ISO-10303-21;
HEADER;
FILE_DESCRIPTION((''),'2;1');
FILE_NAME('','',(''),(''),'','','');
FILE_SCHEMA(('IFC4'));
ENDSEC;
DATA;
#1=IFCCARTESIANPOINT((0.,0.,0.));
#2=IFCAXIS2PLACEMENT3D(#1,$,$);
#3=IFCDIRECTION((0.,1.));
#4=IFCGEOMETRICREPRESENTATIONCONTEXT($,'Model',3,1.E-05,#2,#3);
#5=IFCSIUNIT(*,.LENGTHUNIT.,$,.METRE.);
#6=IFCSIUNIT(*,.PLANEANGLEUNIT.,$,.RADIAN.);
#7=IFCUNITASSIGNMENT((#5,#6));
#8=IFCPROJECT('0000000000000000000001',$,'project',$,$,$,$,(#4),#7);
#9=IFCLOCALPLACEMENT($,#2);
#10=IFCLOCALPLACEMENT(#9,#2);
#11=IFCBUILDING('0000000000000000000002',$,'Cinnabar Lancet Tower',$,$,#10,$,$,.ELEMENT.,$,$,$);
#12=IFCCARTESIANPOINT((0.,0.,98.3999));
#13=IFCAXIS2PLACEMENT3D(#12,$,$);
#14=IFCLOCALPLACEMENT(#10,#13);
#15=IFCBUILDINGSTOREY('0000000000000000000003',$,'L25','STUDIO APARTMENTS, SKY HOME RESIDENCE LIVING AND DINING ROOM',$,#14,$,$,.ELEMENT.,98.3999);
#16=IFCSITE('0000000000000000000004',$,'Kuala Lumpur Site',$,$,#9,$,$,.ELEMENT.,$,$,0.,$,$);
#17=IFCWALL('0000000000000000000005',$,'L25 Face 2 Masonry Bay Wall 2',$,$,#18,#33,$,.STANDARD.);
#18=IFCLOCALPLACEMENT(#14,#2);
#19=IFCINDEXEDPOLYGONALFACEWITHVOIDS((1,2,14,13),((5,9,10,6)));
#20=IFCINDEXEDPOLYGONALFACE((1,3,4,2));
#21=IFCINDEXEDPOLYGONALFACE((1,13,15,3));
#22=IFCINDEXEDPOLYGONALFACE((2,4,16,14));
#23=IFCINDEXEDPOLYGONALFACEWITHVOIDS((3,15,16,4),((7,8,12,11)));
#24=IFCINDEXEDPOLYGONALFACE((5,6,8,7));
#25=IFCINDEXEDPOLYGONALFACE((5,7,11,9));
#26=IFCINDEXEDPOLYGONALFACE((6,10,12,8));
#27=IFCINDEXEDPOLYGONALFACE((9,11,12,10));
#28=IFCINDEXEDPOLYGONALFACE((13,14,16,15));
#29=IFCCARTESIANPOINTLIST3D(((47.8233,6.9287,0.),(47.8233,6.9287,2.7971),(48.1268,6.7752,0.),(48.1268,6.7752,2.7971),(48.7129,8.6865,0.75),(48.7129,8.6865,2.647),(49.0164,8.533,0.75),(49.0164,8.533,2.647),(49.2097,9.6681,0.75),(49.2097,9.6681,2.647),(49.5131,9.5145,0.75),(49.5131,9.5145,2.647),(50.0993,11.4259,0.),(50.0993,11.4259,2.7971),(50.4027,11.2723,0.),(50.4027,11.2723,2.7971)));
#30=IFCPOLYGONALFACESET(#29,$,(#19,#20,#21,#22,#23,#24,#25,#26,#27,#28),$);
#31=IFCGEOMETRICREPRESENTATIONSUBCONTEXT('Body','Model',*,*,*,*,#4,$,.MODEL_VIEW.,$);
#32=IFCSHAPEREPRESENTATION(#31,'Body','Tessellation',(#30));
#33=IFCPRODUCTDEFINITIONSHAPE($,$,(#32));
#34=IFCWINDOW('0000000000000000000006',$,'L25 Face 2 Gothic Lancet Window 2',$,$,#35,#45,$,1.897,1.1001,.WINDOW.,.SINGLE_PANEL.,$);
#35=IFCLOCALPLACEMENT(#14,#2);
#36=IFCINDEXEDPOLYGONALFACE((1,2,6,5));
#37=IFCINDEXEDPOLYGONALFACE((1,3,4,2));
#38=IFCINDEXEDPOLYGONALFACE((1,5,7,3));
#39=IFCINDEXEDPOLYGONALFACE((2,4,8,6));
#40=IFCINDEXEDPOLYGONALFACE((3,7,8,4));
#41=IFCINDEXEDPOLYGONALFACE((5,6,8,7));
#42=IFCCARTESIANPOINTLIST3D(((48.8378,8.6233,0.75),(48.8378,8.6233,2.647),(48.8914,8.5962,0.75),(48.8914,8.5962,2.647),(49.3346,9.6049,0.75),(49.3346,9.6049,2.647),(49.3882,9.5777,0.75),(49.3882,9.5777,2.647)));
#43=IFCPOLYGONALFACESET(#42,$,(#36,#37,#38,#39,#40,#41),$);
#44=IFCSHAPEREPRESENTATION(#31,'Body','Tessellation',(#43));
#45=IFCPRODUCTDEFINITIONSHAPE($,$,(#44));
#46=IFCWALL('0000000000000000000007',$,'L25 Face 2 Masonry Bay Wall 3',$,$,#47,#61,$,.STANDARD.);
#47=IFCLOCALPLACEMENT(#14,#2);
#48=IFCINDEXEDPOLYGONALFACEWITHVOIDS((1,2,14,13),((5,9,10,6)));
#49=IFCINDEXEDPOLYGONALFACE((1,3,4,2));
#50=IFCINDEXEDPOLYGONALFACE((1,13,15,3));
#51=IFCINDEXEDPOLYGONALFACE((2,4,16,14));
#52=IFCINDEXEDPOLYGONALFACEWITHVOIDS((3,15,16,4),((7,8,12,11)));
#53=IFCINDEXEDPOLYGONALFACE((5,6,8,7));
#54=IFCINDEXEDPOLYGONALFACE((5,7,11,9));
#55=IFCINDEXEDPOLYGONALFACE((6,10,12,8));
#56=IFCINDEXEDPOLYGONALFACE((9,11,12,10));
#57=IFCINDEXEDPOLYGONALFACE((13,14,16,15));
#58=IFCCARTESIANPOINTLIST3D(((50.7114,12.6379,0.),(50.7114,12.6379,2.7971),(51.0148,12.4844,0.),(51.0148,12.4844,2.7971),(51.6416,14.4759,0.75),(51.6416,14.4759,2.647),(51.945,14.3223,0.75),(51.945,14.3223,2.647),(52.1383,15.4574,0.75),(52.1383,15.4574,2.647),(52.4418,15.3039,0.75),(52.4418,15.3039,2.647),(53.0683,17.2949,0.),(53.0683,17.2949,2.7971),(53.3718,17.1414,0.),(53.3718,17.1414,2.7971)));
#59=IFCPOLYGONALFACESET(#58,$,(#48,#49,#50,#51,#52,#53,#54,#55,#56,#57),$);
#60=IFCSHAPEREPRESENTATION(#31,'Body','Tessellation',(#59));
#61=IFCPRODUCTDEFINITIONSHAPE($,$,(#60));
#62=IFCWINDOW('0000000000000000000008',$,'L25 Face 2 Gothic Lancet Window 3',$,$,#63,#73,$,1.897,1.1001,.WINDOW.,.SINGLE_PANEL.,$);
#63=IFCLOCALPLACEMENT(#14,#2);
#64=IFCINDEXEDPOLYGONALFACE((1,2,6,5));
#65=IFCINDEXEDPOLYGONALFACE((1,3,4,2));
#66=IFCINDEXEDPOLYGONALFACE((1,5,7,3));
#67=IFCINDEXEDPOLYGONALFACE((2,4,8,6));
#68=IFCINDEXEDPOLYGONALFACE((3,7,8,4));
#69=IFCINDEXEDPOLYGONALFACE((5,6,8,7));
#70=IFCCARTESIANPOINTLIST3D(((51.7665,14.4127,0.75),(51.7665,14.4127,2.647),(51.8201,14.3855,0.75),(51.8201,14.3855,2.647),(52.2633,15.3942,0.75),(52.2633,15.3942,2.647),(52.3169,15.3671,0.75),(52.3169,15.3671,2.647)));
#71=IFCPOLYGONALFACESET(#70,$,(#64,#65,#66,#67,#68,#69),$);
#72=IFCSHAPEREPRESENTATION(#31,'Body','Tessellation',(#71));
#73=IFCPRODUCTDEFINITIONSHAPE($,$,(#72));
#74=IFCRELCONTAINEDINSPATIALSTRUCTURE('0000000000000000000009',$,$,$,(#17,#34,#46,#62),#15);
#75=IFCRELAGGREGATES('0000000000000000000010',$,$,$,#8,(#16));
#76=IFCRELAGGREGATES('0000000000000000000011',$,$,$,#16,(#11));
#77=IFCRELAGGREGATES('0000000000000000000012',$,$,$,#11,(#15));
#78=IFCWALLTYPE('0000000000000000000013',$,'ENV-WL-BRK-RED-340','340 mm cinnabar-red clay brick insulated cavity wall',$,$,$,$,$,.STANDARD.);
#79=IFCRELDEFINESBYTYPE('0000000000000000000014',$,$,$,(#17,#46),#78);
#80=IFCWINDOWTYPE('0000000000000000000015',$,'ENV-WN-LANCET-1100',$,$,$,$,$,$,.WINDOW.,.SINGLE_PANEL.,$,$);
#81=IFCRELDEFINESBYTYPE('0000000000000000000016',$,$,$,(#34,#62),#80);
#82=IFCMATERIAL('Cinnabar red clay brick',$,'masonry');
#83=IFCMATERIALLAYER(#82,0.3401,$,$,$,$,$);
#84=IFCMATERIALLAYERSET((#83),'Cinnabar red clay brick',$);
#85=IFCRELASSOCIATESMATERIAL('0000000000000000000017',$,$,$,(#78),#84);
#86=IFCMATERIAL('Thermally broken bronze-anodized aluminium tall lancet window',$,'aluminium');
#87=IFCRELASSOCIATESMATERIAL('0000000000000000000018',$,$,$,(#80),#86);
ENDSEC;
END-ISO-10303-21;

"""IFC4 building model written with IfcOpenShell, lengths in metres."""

from ifc_helpers import new_model, si_unit, direction, frame, frame_2d, origin, place, context, subcontext, project, spatial, rectangle, extrude, material, layer, layer_set, type_object, element, fill, save


model = new_model("IFC4")

# Units and contexts
model_context = context("Model", 3, precision=1e-05, world=origin(), true_north=direction((0.0, 1.0)))
body_context = subcontext(model_context, "Body", "Model", "MODEL_VIEW")
ifc_project = project(units=[si_unit("LENGTHUNIT", "METRE"), si_unit("PLANEANGLEUNIT", "RADIAN")], contexts=[model_context])

# Site, building, storey
site_placement = place(None, origin())
site = spatial("IfcSite", under=ifc_project, at=site_placement, Name="Kuala Lumpur Site", CompositionType="ELEMENT", RefElevation=0.0)
building_placement = place(site_placement, origin())
building = spatial("IfcBuilding", under=site, at=building_placement, Name="Cinnabar Lancet Tower", CompositionType="ELEMENT")
storey_placement = place(building_placement, frame((0.0, 0.0, 98.3999)))
storey = spatial("IfcBuildingStorey", under=building, at=storey_placement, Name="L25", Description="STUDIO APARTMENTS, SKY HOME RESIDENCE LIVING AND DINING ROOM", CompositionType="ELEMENT", Elevation=98.3999)

# Shared definitions
ifc_material_1 = material(Name="Cinnabar red clay brick", Category="masonry")
ifc_layer_1 = layer(ifc_material_1, 0.3401)
ifc_layer_set_1 = layer_set([ifc_layer_1], Name="Cinnabar red clay brick")
wall_type_1 = type_object("IfcWallType", Name="ENV-WL-BRK-RED-340", Description="340 mm cinnabar-red clay brick insulated cavity wall", PredefinedType="STANDARD", material=ifc_layer_set_1)

# Walls, openings, windows
wall_1_placement = place(storey_placement, frame((47.9751, 6.8521, 0.0), z_axis=(0.0, 0.0, 1.0), x_axis=(0.451548, 0.892247, 0.0)))
wall_1 = element("IfcWall", 1, at=wall_1_placement, inside=storey, type_object=wall_type_1, Name="L25 Face 2 Masonry Bay Wall 2", PredefinedType="STANDARD", context=body_context, shape_type="SweptSolid", body=[
    extrude(rectangle(XDim=5.0403, YDim=0.3401, at=frame_2d((2.52, 0.0))), origin(), (0.0, 0.0, 1.0), 2.7971),
])
opening_1_placement = place(wall_1_placement, frame((1.97, 0.0, 0.75)))
opening_1 = element("IfcOpeningElement", 2, at=opening_1_placement, cuts=wall_1, PredefinedType="OPENING", context=body_context, shape_type="SweptSolid", body=[
    extrude(rectangle(XDim=1.1001, YDim=1.897, at=frame_2d((0.55, 0.9485))), frame((0.0, 0.1799, 0.0), z_axis=(0.0, -1.0, 0.0), x_axis=(1.0, 0.0, 0.0)), (0.0, 0.0, 1.0), 0.3601),
])
ifc_material_2 = material(Name="Thermally broken bronze-anodized aluminium tall lancet window", Category="aluminium")
window_type = type_object("IfcWindowType", Name="ENV-WN-LANCET-1100", PartitioningType="SINGLE_PANEL", PredefinedType="WINDOW", material=ifc_material_2)
window_1_placement = place(opening_1_placement, origin())
window_1 = element("IfcWindow", 3, at=window_1_placement, inside=storey, type_object=window_type, Name="L25 Face 2 Gothic Lancet Window 2", OverallHeight=1.897, OverallWidth=1.1001, PartitioningType="SINGLE_PANEL", PredefinedType="WINDOW", context=body_context, shape_type="SweptSolid", body=[
    extrude(rectangle(XDim=1.1001, YDim=1.897, at=frame_2d((0.55, 0.9485))), frame((0.0, 0.03, 0.0), z_axis=(0.0, -1.0, 0.0), x_axis=(1.0, 0.0, 0.0)), (0.0, 0.0, 1.0), 0.0601),
])
fill(opening_1, window_1)
wall_2_placement = place(storey_placement, frame((50.863, 12.561, 0.0), z_axis=(0.0, 0.0, 1.0), x_axis=(0.451568, 0.892237, 0.0)))
wall_2 = element("IfcWall", 4, at=wall_2_placement, inside=storey, type_object=wall_type_1, Name="L25 Face 2 Masonry Bay Wall 3", PredefinedType="STANDARD", context=body_context, shape_type="SweptSolid", body=[
    extrude(rectangle(XDim=5.2195, YDim=0.3401, at=frame_2d((2.6099, 0.0))), origin(), (0.0, 0.0, 1.0), 2.7971),
])
opening_2_placement = place(wall_2_placement, frame((2.0601, 0.0, 0.75)))
opening_2 = element("IfcOpeningElement", 5, at=opening_2_placement, cuts=wall_2, PredefinedType="OPENING", context=body_context, shape_type="SweptSolid", body=[
    extrude(rectangle(XDim=1.1001, YDim=1.897, at=frame_2d((0.55, 0.9485))), frame((0.0, 0.1799, 0.0), z_axis=(0.0, -1.0, 0.0), x_axis=(1.0, 0.0, 0.0)), (0.0, 0.0, 1.0), 0.3601),
])
window_2_placement = place(opening_2_placement, origin())
window_2 = element("IfcWindow", 6, at=window_2_placement, inside=storey, type_object=window_type, Name="L25 Face 2 Gothic Lancet Window 3", OverallHeight=1.897, OverallWidth=1.1001, PartitioningType="SINGLE_PANEL", PredefinedType="WINDOW", context=body_context, shape_type="SweptSolid", body=[
    extrude(rectangle(XDim=1.1001, YDim=1.897, at=frame_2d((0.55, 0.9485))), frame((0.0, 0.03, 0.0), z_axis=(0.0, -1.0, 0.0), x_axis=(1.0, 0.0, 0.0)), (0.0, 0.0, 1.0), 0.0601),
])
fill(opening_2, window_2)

save(model, "model.ifc")
